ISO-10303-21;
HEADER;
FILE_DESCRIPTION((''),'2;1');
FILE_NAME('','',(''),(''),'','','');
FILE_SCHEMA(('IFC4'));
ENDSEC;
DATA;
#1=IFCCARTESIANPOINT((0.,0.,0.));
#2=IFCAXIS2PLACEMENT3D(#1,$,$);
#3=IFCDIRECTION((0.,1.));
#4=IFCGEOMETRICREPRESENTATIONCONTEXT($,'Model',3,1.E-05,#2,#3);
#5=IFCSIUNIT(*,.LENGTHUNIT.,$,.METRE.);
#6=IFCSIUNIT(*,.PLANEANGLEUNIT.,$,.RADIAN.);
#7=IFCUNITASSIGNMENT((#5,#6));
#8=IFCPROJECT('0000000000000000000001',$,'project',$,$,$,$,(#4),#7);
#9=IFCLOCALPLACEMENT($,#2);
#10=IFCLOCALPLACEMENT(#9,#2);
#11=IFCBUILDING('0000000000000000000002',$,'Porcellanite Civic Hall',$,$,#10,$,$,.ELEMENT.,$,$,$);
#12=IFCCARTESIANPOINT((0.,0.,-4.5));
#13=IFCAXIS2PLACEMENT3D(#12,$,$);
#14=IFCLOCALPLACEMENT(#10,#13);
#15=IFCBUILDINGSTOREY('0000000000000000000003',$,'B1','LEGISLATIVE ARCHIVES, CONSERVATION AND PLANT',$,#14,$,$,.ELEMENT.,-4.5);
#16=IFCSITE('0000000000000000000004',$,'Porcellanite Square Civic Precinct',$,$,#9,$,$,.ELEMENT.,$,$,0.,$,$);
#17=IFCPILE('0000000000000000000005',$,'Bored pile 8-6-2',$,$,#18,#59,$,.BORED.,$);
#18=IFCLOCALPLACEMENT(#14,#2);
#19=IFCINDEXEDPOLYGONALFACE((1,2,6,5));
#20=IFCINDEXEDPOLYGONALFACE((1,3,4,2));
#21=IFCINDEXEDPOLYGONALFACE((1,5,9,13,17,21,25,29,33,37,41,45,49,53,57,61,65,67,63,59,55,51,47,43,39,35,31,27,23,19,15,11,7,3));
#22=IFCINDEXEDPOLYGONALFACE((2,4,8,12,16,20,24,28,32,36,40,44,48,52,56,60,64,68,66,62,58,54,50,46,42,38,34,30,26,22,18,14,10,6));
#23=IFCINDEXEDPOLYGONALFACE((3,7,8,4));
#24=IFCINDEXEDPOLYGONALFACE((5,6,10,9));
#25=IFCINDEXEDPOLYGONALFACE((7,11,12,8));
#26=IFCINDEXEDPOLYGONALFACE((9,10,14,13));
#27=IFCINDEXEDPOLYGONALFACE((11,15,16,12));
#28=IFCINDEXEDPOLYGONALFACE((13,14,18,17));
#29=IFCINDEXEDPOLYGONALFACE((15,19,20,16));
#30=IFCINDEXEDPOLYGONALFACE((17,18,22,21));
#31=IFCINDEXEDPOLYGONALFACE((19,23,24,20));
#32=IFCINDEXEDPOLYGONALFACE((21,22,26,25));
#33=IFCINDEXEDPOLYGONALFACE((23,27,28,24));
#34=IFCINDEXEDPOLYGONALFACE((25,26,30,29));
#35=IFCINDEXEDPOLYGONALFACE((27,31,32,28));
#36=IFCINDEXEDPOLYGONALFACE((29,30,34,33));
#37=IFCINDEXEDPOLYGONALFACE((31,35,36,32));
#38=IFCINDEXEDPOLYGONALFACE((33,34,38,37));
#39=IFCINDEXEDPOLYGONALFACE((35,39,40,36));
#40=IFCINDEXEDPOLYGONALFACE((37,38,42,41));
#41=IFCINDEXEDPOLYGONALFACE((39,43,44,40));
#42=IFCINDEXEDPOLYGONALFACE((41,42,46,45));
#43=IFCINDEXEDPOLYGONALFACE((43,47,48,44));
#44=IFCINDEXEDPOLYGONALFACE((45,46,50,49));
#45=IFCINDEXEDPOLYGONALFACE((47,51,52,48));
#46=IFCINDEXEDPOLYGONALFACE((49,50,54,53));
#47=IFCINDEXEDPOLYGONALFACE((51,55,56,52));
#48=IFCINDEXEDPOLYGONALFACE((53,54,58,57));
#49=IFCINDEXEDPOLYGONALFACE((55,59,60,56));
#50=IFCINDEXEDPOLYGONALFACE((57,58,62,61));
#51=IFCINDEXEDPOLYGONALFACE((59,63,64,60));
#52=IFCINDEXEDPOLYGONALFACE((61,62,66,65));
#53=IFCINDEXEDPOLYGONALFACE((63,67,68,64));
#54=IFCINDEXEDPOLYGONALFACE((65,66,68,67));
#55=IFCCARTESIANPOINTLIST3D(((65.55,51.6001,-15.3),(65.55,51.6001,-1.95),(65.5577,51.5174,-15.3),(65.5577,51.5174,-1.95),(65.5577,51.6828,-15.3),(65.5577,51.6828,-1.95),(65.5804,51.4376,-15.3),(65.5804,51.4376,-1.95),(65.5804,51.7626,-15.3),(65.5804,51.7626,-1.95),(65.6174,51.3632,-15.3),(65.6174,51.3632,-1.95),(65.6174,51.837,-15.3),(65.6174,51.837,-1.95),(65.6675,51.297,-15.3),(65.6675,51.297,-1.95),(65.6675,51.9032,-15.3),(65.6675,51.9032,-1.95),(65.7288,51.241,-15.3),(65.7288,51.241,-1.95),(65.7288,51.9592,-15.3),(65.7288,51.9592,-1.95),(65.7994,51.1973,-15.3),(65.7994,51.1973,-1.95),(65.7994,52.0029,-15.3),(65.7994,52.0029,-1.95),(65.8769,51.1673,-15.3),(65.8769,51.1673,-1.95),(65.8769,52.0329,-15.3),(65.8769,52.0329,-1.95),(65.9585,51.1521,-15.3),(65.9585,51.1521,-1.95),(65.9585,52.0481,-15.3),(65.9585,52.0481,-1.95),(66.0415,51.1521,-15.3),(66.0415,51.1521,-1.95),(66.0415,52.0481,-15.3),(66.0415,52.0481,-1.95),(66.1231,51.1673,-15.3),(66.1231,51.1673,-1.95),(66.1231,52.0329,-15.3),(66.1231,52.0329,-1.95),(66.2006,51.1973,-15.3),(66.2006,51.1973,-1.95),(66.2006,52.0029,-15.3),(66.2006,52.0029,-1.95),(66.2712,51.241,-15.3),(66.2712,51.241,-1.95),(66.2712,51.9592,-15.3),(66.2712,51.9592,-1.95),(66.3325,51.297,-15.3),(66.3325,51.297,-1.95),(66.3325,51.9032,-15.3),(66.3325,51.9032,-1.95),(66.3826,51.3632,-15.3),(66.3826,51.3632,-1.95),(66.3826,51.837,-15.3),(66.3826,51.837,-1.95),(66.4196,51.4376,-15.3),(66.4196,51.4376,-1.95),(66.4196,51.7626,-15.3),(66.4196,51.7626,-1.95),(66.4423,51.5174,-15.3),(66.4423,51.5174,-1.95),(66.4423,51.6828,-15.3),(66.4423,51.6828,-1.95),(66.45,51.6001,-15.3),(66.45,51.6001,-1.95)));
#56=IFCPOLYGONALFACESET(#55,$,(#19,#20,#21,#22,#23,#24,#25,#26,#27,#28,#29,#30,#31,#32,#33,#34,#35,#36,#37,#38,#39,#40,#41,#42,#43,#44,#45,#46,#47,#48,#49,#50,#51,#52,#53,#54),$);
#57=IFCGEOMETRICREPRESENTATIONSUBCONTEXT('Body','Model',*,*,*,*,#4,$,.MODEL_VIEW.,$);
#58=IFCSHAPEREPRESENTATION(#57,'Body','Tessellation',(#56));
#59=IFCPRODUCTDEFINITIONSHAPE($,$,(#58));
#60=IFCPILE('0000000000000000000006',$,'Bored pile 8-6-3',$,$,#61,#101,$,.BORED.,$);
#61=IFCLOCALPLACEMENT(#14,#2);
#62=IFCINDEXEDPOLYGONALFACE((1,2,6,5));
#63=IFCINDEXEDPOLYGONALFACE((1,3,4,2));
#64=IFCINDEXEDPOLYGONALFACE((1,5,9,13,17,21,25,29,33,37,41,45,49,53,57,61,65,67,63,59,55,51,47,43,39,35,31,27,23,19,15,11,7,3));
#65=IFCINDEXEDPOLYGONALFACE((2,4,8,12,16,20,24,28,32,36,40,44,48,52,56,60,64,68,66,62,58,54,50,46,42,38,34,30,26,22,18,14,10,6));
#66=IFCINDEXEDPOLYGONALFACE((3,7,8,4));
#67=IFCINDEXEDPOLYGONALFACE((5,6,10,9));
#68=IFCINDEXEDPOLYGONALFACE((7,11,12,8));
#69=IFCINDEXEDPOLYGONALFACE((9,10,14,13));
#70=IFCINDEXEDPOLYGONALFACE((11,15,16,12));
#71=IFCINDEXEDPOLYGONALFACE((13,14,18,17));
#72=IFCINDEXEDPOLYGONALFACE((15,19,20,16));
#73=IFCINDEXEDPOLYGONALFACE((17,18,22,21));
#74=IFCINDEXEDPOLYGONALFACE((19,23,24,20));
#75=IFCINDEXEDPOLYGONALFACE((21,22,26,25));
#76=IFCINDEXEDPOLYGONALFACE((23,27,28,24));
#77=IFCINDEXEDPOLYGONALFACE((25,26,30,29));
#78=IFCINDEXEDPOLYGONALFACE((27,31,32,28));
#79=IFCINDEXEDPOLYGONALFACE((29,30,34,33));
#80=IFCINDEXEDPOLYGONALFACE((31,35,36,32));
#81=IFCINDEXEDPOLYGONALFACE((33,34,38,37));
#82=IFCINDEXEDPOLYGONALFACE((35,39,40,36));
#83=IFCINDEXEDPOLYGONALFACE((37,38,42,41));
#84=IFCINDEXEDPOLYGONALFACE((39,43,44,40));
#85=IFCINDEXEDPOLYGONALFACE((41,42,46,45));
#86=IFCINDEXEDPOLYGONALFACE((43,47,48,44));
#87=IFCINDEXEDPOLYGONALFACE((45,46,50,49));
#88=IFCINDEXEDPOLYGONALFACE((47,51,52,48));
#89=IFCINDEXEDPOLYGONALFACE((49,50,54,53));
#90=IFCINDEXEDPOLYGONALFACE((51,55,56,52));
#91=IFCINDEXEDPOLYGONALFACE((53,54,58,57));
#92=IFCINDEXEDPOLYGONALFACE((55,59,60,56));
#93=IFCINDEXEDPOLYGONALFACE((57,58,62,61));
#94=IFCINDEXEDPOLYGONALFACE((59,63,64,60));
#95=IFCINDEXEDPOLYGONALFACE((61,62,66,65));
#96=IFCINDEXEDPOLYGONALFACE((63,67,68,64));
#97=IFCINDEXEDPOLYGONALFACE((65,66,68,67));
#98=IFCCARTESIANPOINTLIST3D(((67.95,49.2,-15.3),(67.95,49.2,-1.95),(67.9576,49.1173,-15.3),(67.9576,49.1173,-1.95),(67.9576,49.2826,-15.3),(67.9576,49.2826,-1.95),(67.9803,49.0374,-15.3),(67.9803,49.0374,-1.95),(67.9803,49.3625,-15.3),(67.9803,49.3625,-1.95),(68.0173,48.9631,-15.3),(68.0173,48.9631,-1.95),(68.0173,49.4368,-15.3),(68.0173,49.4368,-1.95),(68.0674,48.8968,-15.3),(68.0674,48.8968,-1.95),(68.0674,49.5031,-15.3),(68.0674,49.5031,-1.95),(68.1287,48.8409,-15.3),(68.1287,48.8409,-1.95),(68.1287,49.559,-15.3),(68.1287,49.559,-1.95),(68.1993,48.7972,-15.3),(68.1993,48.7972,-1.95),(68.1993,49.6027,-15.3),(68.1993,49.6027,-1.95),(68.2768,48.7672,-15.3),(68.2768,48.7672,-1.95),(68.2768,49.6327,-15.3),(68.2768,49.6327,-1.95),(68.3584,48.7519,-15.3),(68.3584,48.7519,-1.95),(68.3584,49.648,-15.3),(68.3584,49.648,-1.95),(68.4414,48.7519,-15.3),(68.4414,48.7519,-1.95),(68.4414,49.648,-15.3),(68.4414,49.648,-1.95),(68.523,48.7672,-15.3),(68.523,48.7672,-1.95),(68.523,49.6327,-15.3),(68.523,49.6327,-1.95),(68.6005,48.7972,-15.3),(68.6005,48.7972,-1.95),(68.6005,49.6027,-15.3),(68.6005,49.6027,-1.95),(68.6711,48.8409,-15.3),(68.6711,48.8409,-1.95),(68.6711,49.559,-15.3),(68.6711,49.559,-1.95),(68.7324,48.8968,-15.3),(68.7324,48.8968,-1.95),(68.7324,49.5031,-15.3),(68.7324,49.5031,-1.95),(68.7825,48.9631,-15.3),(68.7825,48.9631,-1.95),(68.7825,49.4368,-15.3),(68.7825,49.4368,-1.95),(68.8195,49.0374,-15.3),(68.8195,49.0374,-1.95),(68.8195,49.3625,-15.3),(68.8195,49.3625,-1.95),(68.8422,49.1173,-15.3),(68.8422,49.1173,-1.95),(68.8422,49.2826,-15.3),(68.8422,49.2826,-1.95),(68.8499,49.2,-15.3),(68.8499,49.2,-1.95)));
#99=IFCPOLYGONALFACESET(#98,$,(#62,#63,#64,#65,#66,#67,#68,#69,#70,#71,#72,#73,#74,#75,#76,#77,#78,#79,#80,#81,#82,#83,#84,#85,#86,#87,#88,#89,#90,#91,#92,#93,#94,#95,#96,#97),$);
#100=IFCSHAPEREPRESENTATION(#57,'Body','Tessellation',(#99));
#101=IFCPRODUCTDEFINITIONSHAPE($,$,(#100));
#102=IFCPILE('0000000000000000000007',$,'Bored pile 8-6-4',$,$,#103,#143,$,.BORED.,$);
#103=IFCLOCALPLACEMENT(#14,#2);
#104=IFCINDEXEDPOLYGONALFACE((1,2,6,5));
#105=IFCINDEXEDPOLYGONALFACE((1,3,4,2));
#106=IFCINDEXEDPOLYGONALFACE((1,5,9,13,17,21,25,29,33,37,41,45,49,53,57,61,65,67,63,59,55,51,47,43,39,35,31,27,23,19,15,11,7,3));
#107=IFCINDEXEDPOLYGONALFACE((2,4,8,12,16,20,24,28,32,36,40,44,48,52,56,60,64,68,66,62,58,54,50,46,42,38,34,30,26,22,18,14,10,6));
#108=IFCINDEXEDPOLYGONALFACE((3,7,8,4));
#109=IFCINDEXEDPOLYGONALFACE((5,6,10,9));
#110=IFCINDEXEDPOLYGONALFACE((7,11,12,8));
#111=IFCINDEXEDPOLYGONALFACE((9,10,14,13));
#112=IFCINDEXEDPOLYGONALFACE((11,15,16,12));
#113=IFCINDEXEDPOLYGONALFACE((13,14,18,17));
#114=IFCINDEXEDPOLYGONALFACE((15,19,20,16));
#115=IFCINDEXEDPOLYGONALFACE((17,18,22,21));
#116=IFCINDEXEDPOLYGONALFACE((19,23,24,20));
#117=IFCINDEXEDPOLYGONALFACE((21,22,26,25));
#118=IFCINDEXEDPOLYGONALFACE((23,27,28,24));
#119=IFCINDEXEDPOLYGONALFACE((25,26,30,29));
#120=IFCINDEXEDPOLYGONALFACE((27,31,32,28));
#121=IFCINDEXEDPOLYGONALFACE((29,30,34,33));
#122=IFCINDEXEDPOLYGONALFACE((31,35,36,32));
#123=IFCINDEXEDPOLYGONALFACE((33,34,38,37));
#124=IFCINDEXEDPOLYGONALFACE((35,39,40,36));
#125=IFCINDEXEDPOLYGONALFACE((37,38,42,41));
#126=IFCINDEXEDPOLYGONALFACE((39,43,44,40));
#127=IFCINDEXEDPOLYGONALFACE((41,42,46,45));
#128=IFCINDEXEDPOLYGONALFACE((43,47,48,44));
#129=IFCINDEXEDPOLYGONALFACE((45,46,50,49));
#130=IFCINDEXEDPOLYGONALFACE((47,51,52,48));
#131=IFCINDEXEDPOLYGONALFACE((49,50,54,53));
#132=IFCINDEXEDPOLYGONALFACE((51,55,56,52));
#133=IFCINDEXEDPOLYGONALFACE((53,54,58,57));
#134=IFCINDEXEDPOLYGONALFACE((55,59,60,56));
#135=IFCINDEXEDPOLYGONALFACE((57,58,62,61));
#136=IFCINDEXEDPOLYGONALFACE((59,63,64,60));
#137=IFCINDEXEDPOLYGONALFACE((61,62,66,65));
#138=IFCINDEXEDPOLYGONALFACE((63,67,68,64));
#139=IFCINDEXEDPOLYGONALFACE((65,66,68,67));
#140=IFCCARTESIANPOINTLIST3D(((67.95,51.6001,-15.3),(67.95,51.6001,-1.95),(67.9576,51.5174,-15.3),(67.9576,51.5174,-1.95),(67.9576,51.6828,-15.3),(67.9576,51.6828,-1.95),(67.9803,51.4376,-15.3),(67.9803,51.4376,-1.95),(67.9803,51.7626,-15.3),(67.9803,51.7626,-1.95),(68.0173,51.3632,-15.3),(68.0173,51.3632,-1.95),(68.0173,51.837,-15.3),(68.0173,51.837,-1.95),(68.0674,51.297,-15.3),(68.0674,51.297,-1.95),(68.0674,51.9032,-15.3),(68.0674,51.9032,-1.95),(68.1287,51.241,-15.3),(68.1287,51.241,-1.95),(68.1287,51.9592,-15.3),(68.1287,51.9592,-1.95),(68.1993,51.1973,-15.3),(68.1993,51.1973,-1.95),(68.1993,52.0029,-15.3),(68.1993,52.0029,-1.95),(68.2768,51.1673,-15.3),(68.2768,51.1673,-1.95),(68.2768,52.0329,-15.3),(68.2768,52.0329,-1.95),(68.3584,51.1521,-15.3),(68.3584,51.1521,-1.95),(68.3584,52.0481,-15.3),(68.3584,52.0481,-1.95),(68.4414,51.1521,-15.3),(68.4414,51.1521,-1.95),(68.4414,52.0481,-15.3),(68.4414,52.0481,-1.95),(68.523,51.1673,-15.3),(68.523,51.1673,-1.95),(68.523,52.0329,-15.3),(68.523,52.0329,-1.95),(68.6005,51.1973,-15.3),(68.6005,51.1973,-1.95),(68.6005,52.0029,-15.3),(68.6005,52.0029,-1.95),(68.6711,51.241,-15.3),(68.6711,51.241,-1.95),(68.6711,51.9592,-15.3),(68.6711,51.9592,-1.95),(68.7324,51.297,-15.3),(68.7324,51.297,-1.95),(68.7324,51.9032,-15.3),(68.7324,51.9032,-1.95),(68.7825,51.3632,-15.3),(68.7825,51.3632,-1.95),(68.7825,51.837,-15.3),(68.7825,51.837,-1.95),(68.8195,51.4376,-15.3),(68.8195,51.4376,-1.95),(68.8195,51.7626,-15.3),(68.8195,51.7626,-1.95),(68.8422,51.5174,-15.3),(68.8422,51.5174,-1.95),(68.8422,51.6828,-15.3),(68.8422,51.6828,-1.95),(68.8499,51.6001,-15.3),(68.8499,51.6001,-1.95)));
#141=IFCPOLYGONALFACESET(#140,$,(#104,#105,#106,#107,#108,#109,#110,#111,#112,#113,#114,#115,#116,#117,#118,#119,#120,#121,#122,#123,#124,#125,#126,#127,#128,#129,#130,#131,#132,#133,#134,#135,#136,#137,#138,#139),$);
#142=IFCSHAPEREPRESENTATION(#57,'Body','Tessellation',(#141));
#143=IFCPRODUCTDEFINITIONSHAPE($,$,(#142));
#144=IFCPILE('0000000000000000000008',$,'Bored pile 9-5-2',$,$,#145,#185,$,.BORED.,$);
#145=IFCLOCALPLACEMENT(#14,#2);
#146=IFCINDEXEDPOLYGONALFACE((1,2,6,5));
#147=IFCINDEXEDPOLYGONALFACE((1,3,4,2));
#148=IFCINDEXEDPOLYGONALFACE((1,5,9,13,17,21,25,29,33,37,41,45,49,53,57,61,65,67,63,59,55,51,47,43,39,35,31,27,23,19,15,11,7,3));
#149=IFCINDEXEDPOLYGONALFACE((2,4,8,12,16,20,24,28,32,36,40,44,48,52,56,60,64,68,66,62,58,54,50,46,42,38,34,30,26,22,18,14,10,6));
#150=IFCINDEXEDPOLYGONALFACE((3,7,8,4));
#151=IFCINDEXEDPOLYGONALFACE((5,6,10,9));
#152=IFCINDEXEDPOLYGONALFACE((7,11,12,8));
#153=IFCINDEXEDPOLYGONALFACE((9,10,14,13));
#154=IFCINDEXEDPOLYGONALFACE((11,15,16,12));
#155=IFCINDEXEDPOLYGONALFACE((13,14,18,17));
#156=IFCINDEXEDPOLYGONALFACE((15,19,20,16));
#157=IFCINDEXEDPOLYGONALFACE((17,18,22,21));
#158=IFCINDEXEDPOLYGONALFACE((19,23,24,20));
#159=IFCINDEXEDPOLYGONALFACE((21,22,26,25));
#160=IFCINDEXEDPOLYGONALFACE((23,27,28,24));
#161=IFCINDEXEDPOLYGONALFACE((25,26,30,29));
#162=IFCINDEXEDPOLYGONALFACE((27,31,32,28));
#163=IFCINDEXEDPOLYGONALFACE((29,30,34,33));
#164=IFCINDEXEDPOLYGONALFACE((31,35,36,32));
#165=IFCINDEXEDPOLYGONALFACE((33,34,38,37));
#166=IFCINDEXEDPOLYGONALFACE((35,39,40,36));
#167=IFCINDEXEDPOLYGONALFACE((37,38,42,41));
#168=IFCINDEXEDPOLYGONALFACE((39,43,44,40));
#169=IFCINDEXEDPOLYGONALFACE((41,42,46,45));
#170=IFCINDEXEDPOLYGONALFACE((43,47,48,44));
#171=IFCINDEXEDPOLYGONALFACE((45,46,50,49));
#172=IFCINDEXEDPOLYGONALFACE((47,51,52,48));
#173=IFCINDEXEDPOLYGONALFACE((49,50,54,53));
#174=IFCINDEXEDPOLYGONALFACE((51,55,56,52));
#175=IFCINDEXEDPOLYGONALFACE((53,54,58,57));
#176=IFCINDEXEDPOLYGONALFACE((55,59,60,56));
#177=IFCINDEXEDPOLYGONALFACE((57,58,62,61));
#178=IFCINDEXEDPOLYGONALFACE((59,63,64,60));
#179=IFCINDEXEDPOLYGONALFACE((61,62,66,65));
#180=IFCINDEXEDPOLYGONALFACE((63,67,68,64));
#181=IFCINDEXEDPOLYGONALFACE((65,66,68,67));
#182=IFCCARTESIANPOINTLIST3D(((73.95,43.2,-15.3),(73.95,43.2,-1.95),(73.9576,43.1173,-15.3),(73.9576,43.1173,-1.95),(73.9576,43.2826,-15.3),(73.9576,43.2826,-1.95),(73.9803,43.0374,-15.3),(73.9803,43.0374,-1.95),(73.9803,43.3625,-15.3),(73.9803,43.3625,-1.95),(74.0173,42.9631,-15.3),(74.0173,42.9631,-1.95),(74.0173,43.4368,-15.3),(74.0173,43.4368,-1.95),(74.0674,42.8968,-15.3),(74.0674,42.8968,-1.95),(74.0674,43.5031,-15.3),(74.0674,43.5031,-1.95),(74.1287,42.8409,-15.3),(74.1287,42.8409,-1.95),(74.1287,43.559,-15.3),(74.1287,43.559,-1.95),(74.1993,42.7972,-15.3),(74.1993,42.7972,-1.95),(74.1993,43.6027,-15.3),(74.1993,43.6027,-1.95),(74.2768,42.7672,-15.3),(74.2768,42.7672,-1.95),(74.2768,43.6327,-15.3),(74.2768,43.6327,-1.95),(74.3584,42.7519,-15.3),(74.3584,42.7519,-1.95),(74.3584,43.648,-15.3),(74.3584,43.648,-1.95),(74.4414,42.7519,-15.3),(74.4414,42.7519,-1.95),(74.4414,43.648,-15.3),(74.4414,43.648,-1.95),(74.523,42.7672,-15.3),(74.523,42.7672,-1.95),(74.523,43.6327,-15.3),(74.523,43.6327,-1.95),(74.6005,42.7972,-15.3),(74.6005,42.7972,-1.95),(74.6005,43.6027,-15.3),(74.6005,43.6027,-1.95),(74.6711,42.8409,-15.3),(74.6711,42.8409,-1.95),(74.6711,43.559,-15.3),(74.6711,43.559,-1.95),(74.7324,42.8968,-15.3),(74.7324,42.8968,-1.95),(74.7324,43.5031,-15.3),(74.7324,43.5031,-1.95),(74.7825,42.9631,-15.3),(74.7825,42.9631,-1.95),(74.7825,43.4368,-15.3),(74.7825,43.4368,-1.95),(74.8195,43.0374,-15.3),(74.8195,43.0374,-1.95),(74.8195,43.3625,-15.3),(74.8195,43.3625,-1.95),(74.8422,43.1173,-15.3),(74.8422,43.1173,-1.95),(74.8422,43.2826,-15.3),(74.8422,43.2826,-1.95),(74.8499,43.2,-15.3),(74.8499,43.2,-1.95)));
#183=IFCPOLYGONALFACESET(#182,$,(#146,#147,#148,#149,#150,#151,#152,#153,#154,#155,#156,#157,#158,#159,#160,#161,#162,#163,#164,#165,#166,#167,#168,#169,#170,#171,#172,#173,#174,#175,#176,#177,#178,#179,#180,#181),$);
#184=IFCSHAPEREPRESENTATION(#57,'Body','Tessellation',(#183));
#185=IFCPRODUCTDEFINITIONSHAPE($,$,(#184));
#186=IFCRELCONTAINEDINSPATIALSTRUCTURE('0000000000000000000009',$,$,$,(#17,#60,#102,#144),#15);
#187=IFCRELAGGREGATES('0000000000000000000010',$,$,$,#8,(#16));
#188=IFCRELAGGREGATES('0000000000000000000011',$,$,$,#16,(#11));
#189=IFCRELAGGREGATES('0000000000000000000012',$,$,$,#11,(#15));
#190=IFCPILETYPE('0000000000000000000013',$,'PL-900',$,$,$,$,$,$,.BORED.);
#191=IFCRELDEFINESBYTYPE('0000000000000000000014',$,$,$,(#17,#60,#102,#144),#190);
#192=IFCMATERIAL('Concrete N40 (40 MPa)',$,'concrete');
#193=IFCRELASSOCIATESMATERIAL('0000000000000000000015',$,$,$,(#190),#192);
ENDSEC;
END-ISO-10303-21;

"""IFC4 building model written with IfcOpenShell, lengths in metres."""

from ifc_helpers import new_model, si_unit, direction, frame, origin, origin_2d, place, context, subcontext, project, spatial, circle, extrude, material, material_profile, profile_set, type_object, element, save


model = new_model("IFC4")

# Units and contexts
model_context = context("Model", 3, precision=1e-05, world=origin(), true_north=direction((0.0, 1.0)))
body_context = subcontext(model_context, "Body", "Model", "MODEL_VIEW")
ifc_project = project(units=[si_unit("LENGTHUNIT", "METRE"), si_unit("PLANEANGLEUNIT", "RADIAN")], contexts=[model_context])

# Site, building, storey
site_placement = place(None, origin())
site = spatial("IfcSite", under=ifc_project, at=site_placement, Name="Porcellanite Square Civic Precinct", CompositionType="ELEMENT", RefElevation=0.0)
building_placement = place(site_placement, origin())
building = spatial("IfcBuilding", under=site, at=building_placement, Name="Porcellanite Civic Hall", CompositionType="ELEMENT")
storey_placement = place(building_placement, frame((0.0, 0.0, -4.5)))
storey = spatial("IfcBuildingStorey", under=building, at=storey_placement, Name="B1", Description="LEGISLATIVE ARCHIVES, CONSERVATION AND PLANT", CompositionType="ELEMENT", Elevation=-4.5)

# Piles
ifc_material_1 = material(Name="Concrete N40 (40 MPa)", Category="concrete")
ifc_material_profile_1 = material_profile(ifc_material_1, circle(Radius=0.45, at=origin_2d()), Name="PILE-D900")
ifc_profile_set_1 = profile_set([ifc_material_profile_1], Name="Concrete N40 (40 MPa)")
pile_type = type_object("IfcPileType", Name="PL-900", PredefinedType="BORED", material=ifc_profile_set_1)
for number, where, z_axis, x_axis, name in (
    (1, (66.0, 51.6001, -1.95), (0.0, 0.0, -1.0), (1.0, 0.0, 0.0), "Bored pile 8-6-2"),
    (2, (68.3999, 49.2, -1.95), (0.0, 0.0, -1.0), (1.0, 0.0, 0.0), "Bored pile 8-6-3"),
    (3, (68.3999, 51.6001, -1.95), (0.0, 0.0, -1.0), (1.0, 0.0, 0.0), "Bored pile 8-6-4"),
    (4, (74.3999, 43.2, -1.95), (0.0, 0.0, -1.0), (1.0, 0.0, 0.0), "Bored pile 9-5-2"),
):
    element("IfcPile", number, at=place(storey_placement, frame(where, z_axis=z_axis, x_axis=x_axis)), inside=storey, type_object=pile_type, Name=name, PredefinedType="BORED", context=body_context, shape_type="SweptSolid", body=[
        extrude(circle(Radius=0.45, at=origin_2d()), origin(), (0.0, 0.0, 1.0), 13.3501),
    ])

save(model, "model.ifc")
